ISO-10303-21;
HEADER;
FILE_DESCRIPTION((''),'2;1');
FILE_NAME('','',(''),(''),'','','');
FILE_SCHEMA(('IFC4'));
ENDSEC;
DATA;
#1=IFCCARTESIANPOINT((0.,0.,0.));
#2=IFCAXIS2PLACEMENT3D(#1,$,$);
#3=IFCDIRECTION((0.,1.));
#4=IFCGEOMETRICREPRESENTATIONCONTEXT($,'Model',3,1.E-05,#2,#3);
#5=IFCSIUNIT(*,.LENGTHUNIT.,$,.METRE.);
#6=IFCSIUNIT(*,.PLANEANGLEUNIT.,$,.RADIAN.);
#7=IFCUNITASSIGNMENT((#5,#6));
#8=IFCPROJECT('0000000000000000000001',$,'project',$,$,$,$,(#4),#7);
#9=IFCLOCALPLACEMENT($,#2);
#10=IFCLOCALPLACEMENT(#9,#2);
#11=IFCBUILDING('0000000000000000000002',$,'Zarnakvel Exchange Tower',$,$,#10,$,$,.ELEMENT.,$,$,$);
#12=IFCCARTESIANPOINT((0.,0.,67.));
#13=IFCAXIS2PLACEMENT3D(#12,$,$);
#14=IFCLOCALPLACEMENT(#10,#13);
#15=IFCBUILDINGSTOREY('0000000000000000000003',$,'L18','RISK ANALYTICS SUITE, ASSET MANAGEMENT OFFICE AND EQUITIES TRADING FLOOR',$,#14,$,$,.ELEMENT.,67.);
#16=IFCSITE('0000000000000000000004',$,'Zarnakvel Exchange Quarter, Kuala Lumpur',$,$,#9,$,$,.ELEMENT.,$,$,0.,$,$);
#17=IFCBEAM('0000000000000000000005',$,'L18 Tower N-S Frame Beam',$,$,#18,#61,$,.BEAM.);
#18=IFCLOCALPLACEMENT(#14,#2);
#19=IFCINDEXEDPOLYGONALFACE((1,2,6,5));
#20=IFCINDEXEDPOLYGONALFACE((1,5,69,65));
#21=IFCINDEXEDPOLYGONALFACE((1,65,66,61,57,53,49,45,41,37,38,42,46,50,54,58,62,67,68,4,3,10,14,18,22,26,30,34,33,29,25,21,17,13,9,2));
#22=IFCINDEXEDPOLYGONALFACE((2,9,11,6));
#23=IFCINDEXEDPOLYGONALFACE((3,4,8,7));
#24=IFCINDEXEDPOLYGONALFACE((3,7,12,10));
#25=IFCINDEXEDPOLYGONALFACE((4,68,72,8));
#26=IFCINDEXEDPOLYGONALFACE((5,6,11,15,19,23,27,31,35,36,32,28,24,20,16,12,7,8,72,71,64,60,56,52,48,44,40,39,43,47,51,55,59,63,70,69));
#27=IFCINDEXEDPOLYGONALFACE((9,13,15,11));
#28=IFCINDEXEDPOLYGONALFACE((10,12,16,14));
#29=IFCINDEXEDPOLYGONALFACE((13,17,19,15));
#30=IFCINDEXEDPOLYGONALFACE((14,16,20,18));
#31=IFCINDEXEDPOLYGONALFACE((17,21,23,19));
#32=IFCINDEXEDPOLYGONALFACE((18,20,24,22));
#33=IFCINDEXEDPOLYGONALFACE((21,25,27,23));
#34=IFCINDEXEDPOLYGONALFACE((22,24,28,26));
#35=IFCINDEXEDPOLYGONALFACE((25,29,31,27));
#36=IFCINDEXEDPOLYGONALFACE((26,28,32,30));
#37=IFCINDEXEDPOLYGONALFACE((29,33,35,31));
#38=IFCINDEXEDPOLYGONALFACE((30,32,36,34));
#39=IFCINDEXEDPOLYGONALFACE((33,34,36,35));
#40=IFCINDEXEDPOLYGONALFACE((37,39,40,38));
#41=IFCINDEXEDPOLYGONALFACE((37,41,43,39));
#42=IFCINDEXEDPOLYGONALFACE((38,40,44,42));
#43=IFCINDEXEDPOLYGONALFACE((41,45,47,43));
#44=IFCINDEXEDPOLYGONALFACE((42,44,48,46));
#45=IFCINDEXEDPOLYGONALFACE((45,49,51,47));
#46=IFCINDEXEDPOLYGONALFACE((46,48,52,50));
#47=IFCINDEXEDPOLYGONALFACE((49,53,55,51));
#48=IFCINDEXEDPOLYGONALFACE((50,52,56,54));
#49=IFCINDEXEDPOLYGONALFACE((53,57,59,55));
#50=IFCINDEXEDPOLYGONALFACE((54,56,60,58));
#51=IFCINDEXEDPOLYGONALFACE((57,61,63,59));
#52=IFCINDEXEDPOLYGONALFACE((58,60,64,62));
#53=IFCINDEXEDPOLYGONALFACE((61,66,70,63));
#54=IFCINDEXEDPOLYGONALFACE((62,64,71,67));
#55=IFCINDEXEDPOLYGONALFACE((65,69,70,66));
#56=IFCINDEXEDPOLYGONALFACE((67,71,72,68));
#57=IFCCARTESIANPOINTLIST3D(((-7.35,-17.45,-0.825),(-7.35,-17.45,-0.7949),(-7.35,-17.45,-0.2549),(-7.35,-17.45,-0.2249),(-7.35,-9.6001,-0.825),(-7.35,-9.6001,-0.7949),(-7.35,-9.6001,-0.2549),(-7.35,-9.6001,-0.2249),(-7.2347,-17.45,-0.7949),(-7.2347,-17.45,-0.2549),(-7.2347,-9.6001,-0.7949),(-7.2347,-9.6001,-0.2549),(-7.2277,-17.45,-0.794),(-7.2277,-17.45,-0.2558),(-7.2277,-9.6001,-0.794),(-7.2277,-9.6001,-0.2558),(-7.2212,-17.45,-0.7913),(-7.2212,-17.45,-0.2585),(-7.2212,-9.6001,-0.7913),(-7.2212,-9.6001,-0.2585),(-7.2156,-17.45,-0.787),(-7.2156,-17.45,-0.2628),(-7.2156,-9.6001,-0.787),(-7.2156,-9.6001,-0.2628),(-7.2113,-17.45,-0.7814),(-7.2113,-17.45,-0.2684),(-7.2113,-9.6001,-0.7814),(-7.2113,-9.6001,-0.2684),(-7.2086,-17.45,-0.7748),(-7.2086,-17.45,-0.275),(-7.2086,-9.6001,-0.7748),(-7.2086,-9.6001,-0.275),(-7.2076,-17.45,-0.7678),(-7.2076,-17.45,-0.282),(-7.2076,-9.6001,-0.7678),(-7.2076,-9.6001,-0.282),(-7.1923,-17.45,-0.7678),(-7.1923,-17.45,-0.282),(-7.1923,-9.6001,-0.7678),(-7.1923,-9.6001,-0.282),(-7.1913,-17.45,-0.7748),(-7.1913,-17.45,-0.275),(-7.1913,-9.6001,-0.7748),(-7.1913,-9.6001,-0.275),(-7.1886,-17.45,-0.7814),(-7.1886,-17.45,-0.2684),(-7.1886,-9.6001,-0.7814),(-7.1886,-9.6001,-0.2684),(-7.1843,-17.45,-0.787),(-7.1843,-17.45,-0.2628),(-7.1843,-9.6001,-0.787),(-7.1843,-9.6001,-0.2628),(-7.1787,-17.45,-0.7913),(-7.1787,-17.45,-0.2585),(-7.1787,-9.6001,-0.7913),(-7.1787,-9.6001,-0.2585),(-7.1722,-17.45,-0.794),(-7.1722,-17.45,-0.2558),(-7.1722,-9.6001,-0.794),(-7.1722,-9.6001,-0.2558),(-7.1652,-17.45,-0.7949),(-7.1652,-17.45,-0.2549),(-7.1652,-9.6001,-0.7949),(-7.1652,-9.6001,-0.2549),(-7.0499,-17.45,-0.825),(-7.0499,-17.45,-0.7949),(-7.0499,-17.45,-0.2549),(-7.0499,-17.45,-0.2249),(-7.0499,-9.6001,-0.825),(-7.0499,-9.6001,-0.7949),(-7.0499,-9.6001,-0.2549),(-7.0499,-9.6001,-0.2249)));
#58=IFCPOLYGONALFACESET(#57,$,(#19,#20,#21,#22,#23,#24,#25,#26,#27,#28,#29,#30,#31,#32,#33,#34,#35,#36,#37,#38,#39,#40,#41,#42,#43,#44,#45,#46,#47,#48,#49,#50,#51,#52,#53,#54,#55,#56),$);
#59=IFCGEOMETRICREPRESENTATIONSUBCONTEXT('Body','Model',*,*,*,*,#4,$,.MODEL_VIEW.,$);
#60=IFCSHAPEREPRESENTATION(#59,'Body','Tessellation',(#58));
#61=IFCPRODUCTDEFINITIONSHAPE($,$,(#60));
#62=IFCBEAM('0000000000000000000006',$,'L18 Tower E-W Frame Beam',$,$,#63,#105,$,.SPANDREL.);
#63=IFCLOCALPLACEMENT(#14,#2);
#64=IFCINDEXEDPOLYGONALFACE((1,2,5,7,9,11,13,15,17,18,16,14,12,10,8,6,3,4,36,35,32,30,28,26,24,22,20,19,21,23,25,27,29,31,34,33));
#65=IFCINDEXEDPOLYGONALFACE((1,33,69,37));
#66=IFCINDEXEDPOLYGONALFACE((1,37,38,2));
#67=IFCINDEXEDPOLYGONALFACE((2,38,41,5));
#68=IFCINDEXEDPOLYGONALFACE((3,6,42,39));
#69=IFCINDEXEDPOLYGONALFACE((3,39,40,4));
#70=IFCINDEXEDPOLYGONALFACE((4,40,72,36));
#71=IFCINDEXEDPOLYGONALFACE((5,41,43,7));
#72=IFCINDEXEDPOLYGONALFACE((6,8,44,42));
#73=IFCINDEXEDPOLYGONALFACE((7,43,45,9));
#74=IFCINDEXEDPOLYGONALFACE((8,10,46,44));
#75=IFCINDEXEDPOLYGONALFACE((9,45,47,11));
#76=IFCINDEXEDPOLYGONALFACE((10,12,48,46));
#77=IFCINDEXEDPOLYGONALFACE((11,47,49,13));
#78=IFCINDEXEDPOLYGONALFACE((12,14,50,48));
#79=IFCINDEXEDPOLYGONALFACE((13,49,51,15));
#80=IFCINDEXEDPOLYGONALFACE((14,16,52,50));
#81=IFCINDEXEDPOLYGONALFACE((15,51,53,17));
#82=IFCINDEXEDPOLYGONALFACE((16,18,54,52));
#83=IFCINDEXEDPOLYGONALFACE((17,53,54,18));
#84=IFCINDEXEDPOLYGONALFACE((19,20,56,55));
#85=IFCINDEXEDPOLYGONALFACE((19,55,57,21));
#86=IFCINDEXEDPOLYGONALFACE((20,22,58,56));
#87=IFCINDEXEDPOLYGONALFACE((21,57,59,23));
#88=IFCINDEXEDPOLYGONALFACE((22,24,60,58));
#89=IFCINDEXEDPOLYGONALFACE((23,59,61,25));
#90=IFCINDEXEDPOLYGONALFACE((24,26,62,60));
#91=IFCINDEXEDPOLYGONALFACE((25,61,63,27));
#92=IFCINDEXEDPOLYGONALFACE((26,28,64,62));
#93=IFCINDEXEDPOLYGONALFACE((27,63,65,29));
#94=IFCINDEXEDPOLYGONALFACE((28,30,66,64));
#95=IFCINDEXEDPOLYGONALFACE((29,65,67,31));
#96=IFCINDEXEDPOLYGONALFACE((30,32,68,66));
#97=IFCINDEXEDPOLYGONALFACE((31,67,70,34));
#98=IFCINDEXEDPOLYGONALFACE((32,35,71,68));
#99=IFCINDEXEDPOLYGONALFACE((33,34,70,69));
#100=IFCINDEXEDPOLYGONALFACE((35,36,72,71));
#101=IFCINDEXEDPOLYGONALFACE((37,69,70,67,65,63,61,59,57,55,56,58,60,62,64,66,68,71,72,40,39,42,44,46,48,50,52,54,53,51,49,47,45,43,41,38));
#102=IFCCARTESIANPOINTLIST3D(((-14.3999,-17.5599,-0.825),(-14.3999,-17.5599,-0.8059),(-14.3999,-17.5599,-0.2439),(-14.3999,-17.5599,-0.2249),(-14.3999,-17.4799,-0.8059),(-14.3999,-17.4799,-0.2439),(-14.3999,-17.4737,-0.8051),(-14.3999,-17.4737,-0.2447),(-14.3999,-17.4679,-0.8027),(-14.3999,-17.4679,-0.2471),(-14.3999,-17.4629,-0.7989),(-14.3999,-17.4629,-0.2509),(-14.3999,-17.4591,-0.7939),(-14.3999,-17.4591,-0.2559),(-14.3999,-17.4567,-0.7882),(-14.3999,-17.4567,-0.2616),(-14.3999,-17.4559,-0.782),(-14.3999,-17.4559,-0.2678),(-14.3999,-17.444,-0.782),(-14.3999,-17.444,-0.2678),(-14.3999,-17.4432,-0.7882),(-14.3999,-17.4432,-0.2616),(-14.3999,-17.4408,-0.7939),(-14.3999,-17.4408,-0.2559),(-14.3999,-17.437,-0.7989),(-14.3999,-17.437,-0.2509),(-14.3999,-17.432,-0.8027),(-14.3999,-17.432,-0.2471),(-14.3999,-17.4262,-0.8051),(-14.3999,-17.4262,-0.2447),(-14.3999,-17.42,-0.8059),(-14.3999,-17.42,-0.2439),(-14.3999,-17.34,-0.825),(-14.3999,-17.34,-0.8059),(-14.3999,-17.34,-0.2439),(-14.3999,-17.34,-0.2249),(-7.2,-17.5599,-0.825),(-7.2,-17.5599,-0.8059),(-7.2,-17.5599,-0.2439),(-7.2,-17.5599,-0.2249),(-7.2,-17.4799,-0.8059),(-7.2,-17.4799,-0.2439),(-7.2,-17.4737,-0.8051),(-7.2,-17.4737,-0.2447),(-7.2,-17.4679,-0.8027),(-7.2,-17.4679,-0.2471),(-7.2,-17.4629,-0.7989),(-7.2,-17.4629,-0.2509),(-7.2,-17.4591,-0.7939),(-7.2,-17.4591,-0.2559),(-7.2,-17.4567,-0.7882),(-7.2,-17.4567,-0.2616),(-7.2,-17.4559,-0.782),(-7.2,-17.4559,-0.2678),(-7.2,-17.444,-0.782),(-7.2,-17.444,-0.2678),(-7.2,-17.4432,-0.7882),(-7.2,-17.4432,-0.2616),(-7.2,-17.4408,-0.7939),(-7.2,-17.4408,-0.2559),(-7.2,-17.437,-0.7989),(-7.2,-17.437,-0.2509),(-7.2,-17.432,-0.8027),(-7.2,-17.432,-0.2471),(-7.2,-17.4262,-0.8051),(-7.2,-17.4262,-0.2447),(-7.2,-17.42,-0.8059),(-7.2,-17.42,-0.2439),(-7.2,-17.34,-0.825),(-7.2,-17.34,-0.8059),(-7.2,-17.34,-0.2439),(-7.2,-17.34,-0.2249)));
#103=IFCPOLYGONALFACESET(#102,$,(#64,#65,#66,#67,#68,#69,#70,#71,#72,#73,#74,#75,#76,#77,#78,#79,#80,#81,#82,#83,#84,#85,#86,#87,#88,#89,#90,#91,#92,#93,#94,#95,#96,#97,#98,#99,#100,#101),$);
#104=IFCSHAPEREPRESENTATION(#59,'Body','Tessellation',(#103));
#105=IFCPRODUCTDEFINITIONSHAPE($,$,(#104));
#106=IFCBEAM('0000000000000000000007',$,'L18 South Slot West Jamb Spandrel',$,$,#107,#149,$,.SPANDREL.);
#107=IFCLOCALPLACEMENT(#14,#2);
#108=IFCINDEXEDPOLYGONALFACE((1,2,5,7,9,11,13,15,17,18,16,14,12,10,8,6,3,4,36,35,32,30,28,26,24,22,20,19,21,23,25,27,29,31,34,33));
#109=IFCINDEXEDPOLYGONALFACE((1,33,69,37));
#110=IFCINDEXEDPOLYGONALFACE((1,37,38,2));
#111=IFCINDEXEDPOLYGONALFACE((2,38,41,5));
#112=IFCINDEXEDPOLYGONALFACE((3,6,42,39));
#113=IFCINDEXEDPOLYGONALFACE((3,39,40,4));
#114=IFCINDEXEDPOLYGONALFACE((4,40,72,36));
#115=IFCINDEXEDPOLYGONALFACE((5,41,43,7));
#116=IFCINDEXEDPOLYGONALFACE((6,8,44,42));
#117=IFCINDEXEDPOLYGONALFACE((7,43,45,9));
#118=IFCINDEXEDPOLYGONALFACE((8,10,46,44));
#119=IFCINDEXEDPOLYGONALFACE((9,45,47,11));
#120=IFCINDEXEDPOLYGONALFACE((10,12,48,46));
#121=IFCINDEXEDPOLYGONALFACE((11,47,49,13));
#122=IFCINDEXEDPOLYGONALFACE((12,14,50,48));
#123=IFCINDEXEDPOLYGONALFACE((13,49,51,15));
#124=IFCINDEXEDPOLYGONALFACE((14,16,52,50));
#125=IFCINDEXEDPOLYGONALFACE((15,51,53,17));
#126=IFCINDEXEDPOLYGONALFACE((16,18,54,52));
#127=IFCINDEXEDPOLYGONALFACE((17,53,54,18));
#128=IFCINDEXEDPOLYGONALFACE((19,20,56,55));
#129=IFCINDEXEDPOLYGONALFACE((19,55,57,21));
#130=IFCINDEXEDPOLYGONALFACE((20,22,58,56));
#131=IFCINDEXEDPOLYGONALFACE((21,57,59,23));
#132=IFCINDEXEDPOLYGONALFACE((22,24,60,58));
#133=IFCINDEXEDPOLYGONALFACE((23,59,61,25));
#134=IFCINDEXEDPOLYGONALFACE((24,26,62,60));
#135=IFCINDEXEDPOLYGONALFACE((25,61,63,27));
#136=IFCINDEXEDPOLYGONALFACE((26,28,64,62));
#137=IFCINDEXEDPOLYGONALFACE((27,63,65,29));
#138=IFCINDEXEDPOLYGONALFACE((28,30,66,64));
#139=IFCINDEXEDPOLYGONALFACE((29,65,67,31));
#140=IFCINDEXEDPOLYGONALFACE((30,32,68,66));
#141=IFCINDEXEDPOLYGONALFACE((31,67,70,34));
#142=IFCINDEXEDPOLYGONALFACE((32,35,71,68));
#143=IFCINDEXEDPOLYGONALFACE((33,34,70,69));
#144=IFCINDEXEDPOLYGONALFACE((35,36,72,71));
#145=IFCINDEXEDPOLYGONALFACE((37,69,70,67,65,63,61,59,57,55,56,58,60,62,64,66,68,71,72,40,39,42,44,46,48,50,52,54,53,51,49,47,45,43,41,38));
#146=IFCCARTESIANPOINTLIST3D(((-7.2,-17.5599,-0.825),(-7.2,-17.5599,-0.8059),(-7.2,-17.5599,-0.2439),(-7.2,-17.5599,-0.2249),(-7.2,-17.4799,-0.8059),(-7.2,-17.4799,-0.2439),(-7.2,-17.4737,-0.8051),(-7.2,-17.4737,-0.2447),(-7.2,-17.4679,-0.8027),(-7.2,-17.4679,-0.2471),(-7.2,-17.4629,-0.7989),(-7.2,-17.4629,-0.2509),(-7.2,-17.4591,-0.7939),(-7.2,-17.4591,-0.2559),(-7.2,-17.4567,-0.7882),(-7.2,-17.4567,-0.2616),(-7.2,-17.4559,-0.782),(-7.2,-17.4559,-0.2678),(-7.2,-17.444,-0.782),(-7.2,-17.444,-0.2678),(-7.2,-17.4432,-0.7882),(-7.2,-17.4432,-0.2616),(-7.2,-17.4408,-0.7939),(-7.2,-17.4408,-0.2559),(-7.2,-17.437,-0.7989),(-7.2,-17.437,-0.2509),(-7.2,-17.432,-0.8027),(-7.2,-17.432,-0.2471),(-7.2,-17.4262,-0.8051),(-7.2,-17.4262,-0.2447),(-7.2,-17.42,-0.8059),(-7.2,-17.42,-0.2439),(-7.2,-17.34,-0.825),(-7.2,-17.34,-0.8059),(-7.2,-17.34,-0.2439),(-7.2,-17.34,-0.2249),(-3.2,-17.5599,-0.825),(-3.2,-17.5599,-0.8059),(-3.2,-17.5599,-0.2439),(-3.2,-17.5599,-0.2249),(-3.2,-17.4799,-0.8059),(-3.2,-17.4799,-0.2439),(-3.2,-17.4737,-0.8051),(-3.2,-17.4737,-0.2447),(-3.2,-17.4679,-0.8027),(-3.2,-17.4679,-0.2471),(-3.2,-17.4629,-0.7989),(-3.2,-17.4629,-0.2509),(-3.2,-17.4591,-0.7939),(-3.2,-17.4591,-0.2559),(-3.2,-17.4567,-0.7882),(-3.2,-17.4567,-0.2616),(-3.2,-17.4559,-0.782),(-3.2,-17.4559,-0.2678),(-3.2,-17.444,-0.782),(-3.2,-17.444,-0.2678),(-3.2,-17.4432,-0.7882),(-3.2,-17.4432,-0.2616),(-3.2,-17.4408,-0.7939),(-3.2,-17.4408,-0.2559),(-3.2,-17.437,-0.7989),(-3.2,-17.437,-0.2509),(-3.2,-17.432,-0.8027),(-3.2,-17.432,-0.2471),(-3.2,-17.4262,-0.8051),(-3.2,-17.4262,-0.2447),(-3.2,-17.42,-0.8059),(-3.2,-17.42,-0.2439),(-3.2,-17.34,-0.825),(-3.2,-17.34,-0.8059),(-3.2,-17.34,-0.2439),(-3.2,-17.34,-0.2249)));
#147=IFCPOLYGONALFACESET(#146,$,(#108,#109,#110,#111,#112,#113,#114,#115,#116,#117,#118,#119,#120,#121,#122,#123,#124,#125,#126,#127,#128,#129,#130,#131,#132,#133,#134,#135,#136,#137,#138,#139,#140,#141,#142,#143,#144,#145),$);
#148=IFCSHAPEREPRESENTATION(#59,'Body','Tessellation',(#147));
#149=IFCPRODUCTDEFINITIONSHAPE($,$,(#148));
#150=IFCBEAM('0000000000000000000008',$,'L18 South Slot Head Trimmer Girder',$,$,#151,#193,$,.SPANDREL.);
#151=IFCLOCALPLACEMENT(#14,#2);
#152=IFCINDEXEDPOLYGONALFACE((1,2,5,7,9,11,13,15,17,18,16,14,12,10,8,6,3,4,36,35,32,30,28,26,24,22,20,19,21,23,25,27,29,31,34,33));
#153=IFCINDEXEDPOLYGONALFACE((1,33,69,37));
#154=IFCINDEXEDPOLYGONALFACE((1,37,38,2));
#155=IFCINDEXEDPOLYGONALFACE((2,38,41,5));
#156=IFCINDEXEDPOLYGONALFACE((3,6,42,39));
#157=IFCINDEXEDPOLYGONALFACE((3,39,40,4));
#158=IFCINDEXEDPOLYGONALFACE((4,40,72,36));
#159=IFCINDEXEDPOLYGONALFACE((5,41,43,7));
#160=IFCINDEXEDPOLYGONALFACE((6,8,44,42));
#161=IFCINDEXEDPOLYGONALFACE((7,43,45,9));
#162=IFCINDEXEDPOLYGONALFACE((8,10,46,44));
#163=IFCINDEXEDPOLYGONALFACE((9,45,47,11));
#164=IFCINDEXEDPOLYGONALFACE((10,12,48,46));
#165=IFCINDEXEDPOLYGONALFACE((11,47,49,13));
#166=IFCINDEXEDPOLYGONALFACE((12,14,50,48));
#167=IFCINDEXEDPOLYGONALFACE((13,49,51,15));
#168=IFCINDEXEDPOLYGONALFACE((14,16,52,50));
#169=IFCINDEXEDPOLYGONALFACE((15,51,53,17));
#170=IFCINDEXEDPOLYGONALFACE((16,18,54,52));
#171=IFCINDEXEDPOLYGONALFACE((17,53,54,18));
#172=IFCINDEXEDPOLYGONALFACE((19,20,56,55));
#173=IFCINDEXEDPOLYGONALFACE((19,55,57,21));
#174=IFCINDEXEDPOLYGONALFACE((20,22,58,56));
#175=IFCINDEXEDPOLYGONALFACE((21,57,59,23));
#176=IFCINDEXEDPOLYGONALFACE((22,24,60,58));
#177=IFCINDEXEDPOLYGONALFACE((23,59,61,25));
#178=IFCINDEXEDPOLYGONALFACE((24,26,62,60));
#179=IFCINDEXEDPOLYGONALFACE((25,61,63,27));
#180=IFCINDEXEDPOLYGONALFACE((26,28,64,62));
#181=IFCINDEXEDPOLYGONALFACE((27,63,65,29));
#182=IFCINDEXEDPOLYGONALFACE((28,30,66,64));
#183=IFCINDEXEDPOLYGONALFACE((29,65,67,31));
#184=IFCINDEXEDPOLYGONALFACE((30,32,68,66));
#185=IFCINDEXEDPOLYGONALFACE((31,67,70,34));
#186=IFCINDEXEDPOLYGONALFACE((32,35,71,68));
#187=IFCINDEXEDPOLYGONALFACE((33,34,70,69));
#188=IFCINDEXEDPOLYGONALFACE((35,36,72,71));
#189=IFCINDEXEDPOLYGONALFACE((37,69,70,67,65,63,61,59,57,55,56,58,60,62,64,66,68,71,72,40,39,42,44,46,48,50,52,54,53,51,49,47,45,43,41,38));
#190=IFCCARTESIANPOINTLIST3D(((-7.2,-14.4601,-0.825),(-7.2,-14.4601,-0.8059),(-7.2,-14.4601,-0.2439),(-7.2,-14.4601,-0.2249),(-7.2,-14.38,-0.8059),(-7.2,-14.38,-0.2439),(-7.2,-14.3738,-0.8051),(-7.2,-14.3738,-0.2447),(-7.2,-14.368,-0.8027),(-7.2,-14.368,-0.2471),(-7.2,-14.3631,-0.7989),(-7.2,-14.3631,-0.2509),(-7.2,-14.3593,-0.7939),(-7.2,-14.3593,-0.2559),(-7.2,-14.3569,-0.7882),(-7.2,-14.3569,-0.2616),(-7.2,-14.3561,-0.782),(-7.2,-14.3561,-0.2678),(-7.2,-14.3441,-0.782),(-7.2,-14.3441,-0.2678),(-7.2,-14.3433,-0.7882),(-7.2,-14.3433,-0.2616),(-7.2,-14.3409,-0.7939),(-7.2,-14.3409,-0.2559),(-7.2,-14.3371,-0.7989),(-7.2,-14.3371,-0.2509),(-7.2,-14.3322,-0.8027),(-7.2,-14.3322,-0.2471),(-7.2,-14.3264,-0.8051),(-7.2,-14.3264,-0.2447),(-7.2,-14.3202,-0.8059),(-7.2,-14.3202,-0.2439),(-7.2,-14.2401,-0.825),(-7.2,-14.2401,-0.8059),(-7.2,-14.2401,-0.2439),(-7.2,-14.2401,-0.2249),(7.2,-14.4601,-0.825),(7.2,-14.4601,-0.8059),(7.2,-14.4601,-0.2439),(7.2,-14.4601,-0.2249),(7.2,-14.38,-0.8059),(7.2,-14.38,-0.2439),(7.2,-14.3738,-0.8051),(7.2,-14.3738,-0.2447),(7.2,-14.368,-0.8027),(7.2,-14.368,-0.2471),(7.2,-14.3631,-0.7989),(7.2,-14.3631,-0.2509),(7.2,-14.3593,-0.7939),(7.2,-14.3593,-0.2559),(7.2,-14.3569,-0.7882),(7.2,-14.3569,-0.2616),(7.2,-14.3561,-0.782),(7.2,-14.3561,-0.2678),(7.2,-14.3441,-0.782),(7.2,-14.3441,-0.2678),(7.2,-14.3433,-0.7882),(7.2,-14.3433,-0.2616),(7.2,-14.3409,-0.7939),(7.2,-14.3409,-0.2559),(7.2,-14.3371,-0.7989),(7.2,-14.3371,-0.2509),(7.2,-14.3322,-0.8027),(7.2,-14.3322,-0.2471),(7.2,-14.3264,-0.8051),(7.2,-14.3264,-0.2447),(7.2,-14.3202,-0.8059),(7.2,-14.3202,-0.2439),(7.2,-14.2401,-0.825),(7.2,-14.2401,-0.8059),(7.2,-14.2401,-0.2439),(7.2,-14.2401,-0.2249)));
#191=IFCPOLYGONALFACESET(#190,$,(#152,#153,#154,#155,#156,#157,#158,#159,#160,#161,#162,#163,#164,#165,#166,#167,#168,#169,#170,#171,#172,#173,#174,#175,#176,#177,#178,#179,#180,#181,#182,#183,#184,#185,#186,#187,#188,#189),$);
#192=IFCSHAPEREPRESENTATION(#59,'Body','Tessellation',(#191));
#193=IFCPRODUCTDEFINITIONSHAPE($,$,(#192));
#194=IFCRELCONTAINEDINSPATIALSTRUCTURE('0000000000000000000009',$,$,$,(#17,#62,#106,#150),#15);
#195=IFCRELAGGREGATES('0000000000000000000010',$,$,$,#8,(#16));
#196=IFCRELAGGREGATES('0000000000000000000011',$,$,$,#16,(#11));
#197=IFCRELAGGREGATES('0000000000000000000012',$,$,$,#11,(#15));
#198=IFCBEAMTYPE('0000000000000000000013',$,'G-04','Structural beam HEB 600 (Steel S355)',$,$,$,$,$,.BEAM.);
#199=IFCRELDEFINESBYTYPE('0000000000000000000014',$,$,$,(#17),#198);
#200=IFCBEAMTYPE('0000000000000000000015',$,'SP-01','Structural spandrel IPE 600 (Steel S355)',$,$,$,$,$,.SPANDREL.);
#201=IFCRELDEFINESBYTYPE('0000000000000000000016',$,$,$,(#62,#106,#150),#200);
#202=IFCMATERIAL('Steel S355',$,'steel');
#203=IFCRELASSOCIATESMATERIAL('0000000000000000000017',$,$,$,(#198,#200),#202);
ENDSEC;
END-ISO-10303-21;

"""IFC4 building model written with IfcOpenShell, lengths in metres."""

from ifc_helpers import new_model, si_unit, direction, frame, origin, origin_2d, place, context, subcontext, project, spatial, i_section, extrude, material, material_profile, profile_set, type_object, element, save


model = new_model("IFC4")

# Units and contexts
model_context = context("Model", 3, precision=1e-05, world=origin(), true_north=direction((0.0, 1.0)))
body_context = subcontext(model_context, "Body", "Model", "MODEL_VIEW")
ifc_project = project(units=[si_unit("LENGTHUNIT", "METRE"), si_unit("PLANEANGLEUNIT", "RADIAN")], contexts=[model_context])

# Site, building, storey
site_placement = place(None, origin())
site = spatial("IfcSite", under=ifc_project, at=site_placement, Name="Zarnakvel Exchange Quarter, Kuala Lumpur", CompositionType="ELEMENT", RefElevation=0.0)
building_placement = place(site_placement, origin())
building = spatial("IfcBuilding", under=site, at=building_placement, Name="Zarnakvel Exchange Tower", CompositionType="ELEMENT")
storey_placement = place(building_placement, frame((0.0, 0.0, 67.0)))
storey = spatial("IfcBuildingStorey", under=building, at=storey_placement, Name="L18", Description="RISK ANALYTICS SUITE, ASSET MANAGEMENT OFFICE AND EQUITIES TRADING FLOOR", CompositionType="ELEMENT", Elevation=67.0)

# Beams
ifc_material_1 = material(Name="Steel S355", Category="steel")
ifc_material_profile_1 = material_profile(ifc_material_1, i_section(OverallWidth=0.3, OverallDepth=0.6001, WebThickness=0.0154, FlangeThickness=0.03, FilletRadius=0.0271, at=origin_2d()))
ifc_profile_set_1 = profile_set([ifc_material_profile_1], Name="Steel S355")
beam_type_1 = type_object("IfcBeamType", Name="G-04", Description="Structural beam HEB 600 (Steel S355)", PredefinedType="BEAM", material=ifc_profile_set_1)
for number, where, z_axis, x_axis, name in (
    (1, (-7.2, -17.45, -0.5249), (0.0, 1.0, 0.0), (-1.0, 0.0, 0.0), "L18 Tower N-S Frame Beam"),
):
    element("IfcBeam", number, at=place(storey_placement, frame(where, z_axis=z_axis, x_axis=x_axis)), inside=storey, type_object=beam_type_1, Name=name, PredefinedType="BEAM", context=body_context, shape_type="SweptSolid", body=[
        extrude(i_section(OverallWidth=0.3, OverallDepth=0.6001, WebThickness=0.0154, FlangeThickness=0.03, FilletRadius=0.0271, at=origin_2d()), origin(), (0.0, 0.0, 1.0), 7.8499),
    ])
ifc_material_profile_2 = material_profile(ifc_material_1, i_section(OverallWidth=0.22, OverallDepth=0.6001, WebThickness=0.012, FlangeThickness=0.019, FilletRadius=0.0239, at=origin_2d()))
ifc_profile_set_2 = profile_set([ifc_material_profile_2], Name="Steel S355")
beam_type_2 = type_object("IfcBeamType", Name="SP-01", Description="Structural spandrel IPE 600 (Steel S355)", PredefinedType="SPANDREL", material=ifc_profile_set_2)
beam_1_placement = place(storey_placement, frame((-14.3999, -17.45, -0.5249), z_axis=(1.0, 0.0, 0.0), x_axis=(0.0, 1.0, 0.0)))
element("IfcBeam", 2, at=beam_1_placement, inside=storey, type_object=beam_type_2, Name="L18 Tower E-W Frame Beam", PredefinedType="SPANDREL", context=body_context, shape_type="SweptSolid", body=[
    extrude(i_section(OverallWidth=0.22, OverallDepth=0.6001, WebThickness=0.012, FlangeThickness=0.019, FilletRadius=0.0239, at=origin_2d()), origin(), (0.0, 0.0, 1.0), 7.2),
])
beam_2_placement = place(storey_placement, frame((-7.2, -17.45, -0.5249), z_axis=(1.0, 0.0, 0.0), x_axis=(0.0, 1.0, 0.0)))
element("IfcBeam", 3, at=beam_2_placement, inside=storey, type_object=beam_type_2, Name="L18 South Slot West Jamb Spandrel", PredefinedType="SPANDREL", context=body_context, shape_type="SweptSolid", body=[
    extrude(i_section(OverallWidth=0.22, OverallDepth=0.6001, WebThickness=0.012, FlangeThickness=0.019, FilletRadius=0.0239, at=origin_2d()), origin(), (0.0, 0.0, 1.0), 4.0),
])
beam_3_placement = place(storey_placement, frame((-7.2, -14.3501, -0.5249), z_axis=(1.0, 0.0, 0.0), x_axis=(0.0, 1.0, 0.0)))
element("IfcBeam", 4, at=beam_3_placement, inside=storey, type_object=beam_type_2, Name="L18 South Slot Head Trimmer Girder", PredefinedType="SPANDREL", context=body_context, shape_type="SweptSolid", body=[
    extrude(i_section(OverallWidth=0.22, OverallDepth=0.6001, WebThickness=0.012, FlangeThickness=0.019, FilletRadius=0.0239, at=origin_2d()), origin(), (0.0, 0.0, 1.0), 14.3999),
])

save(model, "model.ifc")
